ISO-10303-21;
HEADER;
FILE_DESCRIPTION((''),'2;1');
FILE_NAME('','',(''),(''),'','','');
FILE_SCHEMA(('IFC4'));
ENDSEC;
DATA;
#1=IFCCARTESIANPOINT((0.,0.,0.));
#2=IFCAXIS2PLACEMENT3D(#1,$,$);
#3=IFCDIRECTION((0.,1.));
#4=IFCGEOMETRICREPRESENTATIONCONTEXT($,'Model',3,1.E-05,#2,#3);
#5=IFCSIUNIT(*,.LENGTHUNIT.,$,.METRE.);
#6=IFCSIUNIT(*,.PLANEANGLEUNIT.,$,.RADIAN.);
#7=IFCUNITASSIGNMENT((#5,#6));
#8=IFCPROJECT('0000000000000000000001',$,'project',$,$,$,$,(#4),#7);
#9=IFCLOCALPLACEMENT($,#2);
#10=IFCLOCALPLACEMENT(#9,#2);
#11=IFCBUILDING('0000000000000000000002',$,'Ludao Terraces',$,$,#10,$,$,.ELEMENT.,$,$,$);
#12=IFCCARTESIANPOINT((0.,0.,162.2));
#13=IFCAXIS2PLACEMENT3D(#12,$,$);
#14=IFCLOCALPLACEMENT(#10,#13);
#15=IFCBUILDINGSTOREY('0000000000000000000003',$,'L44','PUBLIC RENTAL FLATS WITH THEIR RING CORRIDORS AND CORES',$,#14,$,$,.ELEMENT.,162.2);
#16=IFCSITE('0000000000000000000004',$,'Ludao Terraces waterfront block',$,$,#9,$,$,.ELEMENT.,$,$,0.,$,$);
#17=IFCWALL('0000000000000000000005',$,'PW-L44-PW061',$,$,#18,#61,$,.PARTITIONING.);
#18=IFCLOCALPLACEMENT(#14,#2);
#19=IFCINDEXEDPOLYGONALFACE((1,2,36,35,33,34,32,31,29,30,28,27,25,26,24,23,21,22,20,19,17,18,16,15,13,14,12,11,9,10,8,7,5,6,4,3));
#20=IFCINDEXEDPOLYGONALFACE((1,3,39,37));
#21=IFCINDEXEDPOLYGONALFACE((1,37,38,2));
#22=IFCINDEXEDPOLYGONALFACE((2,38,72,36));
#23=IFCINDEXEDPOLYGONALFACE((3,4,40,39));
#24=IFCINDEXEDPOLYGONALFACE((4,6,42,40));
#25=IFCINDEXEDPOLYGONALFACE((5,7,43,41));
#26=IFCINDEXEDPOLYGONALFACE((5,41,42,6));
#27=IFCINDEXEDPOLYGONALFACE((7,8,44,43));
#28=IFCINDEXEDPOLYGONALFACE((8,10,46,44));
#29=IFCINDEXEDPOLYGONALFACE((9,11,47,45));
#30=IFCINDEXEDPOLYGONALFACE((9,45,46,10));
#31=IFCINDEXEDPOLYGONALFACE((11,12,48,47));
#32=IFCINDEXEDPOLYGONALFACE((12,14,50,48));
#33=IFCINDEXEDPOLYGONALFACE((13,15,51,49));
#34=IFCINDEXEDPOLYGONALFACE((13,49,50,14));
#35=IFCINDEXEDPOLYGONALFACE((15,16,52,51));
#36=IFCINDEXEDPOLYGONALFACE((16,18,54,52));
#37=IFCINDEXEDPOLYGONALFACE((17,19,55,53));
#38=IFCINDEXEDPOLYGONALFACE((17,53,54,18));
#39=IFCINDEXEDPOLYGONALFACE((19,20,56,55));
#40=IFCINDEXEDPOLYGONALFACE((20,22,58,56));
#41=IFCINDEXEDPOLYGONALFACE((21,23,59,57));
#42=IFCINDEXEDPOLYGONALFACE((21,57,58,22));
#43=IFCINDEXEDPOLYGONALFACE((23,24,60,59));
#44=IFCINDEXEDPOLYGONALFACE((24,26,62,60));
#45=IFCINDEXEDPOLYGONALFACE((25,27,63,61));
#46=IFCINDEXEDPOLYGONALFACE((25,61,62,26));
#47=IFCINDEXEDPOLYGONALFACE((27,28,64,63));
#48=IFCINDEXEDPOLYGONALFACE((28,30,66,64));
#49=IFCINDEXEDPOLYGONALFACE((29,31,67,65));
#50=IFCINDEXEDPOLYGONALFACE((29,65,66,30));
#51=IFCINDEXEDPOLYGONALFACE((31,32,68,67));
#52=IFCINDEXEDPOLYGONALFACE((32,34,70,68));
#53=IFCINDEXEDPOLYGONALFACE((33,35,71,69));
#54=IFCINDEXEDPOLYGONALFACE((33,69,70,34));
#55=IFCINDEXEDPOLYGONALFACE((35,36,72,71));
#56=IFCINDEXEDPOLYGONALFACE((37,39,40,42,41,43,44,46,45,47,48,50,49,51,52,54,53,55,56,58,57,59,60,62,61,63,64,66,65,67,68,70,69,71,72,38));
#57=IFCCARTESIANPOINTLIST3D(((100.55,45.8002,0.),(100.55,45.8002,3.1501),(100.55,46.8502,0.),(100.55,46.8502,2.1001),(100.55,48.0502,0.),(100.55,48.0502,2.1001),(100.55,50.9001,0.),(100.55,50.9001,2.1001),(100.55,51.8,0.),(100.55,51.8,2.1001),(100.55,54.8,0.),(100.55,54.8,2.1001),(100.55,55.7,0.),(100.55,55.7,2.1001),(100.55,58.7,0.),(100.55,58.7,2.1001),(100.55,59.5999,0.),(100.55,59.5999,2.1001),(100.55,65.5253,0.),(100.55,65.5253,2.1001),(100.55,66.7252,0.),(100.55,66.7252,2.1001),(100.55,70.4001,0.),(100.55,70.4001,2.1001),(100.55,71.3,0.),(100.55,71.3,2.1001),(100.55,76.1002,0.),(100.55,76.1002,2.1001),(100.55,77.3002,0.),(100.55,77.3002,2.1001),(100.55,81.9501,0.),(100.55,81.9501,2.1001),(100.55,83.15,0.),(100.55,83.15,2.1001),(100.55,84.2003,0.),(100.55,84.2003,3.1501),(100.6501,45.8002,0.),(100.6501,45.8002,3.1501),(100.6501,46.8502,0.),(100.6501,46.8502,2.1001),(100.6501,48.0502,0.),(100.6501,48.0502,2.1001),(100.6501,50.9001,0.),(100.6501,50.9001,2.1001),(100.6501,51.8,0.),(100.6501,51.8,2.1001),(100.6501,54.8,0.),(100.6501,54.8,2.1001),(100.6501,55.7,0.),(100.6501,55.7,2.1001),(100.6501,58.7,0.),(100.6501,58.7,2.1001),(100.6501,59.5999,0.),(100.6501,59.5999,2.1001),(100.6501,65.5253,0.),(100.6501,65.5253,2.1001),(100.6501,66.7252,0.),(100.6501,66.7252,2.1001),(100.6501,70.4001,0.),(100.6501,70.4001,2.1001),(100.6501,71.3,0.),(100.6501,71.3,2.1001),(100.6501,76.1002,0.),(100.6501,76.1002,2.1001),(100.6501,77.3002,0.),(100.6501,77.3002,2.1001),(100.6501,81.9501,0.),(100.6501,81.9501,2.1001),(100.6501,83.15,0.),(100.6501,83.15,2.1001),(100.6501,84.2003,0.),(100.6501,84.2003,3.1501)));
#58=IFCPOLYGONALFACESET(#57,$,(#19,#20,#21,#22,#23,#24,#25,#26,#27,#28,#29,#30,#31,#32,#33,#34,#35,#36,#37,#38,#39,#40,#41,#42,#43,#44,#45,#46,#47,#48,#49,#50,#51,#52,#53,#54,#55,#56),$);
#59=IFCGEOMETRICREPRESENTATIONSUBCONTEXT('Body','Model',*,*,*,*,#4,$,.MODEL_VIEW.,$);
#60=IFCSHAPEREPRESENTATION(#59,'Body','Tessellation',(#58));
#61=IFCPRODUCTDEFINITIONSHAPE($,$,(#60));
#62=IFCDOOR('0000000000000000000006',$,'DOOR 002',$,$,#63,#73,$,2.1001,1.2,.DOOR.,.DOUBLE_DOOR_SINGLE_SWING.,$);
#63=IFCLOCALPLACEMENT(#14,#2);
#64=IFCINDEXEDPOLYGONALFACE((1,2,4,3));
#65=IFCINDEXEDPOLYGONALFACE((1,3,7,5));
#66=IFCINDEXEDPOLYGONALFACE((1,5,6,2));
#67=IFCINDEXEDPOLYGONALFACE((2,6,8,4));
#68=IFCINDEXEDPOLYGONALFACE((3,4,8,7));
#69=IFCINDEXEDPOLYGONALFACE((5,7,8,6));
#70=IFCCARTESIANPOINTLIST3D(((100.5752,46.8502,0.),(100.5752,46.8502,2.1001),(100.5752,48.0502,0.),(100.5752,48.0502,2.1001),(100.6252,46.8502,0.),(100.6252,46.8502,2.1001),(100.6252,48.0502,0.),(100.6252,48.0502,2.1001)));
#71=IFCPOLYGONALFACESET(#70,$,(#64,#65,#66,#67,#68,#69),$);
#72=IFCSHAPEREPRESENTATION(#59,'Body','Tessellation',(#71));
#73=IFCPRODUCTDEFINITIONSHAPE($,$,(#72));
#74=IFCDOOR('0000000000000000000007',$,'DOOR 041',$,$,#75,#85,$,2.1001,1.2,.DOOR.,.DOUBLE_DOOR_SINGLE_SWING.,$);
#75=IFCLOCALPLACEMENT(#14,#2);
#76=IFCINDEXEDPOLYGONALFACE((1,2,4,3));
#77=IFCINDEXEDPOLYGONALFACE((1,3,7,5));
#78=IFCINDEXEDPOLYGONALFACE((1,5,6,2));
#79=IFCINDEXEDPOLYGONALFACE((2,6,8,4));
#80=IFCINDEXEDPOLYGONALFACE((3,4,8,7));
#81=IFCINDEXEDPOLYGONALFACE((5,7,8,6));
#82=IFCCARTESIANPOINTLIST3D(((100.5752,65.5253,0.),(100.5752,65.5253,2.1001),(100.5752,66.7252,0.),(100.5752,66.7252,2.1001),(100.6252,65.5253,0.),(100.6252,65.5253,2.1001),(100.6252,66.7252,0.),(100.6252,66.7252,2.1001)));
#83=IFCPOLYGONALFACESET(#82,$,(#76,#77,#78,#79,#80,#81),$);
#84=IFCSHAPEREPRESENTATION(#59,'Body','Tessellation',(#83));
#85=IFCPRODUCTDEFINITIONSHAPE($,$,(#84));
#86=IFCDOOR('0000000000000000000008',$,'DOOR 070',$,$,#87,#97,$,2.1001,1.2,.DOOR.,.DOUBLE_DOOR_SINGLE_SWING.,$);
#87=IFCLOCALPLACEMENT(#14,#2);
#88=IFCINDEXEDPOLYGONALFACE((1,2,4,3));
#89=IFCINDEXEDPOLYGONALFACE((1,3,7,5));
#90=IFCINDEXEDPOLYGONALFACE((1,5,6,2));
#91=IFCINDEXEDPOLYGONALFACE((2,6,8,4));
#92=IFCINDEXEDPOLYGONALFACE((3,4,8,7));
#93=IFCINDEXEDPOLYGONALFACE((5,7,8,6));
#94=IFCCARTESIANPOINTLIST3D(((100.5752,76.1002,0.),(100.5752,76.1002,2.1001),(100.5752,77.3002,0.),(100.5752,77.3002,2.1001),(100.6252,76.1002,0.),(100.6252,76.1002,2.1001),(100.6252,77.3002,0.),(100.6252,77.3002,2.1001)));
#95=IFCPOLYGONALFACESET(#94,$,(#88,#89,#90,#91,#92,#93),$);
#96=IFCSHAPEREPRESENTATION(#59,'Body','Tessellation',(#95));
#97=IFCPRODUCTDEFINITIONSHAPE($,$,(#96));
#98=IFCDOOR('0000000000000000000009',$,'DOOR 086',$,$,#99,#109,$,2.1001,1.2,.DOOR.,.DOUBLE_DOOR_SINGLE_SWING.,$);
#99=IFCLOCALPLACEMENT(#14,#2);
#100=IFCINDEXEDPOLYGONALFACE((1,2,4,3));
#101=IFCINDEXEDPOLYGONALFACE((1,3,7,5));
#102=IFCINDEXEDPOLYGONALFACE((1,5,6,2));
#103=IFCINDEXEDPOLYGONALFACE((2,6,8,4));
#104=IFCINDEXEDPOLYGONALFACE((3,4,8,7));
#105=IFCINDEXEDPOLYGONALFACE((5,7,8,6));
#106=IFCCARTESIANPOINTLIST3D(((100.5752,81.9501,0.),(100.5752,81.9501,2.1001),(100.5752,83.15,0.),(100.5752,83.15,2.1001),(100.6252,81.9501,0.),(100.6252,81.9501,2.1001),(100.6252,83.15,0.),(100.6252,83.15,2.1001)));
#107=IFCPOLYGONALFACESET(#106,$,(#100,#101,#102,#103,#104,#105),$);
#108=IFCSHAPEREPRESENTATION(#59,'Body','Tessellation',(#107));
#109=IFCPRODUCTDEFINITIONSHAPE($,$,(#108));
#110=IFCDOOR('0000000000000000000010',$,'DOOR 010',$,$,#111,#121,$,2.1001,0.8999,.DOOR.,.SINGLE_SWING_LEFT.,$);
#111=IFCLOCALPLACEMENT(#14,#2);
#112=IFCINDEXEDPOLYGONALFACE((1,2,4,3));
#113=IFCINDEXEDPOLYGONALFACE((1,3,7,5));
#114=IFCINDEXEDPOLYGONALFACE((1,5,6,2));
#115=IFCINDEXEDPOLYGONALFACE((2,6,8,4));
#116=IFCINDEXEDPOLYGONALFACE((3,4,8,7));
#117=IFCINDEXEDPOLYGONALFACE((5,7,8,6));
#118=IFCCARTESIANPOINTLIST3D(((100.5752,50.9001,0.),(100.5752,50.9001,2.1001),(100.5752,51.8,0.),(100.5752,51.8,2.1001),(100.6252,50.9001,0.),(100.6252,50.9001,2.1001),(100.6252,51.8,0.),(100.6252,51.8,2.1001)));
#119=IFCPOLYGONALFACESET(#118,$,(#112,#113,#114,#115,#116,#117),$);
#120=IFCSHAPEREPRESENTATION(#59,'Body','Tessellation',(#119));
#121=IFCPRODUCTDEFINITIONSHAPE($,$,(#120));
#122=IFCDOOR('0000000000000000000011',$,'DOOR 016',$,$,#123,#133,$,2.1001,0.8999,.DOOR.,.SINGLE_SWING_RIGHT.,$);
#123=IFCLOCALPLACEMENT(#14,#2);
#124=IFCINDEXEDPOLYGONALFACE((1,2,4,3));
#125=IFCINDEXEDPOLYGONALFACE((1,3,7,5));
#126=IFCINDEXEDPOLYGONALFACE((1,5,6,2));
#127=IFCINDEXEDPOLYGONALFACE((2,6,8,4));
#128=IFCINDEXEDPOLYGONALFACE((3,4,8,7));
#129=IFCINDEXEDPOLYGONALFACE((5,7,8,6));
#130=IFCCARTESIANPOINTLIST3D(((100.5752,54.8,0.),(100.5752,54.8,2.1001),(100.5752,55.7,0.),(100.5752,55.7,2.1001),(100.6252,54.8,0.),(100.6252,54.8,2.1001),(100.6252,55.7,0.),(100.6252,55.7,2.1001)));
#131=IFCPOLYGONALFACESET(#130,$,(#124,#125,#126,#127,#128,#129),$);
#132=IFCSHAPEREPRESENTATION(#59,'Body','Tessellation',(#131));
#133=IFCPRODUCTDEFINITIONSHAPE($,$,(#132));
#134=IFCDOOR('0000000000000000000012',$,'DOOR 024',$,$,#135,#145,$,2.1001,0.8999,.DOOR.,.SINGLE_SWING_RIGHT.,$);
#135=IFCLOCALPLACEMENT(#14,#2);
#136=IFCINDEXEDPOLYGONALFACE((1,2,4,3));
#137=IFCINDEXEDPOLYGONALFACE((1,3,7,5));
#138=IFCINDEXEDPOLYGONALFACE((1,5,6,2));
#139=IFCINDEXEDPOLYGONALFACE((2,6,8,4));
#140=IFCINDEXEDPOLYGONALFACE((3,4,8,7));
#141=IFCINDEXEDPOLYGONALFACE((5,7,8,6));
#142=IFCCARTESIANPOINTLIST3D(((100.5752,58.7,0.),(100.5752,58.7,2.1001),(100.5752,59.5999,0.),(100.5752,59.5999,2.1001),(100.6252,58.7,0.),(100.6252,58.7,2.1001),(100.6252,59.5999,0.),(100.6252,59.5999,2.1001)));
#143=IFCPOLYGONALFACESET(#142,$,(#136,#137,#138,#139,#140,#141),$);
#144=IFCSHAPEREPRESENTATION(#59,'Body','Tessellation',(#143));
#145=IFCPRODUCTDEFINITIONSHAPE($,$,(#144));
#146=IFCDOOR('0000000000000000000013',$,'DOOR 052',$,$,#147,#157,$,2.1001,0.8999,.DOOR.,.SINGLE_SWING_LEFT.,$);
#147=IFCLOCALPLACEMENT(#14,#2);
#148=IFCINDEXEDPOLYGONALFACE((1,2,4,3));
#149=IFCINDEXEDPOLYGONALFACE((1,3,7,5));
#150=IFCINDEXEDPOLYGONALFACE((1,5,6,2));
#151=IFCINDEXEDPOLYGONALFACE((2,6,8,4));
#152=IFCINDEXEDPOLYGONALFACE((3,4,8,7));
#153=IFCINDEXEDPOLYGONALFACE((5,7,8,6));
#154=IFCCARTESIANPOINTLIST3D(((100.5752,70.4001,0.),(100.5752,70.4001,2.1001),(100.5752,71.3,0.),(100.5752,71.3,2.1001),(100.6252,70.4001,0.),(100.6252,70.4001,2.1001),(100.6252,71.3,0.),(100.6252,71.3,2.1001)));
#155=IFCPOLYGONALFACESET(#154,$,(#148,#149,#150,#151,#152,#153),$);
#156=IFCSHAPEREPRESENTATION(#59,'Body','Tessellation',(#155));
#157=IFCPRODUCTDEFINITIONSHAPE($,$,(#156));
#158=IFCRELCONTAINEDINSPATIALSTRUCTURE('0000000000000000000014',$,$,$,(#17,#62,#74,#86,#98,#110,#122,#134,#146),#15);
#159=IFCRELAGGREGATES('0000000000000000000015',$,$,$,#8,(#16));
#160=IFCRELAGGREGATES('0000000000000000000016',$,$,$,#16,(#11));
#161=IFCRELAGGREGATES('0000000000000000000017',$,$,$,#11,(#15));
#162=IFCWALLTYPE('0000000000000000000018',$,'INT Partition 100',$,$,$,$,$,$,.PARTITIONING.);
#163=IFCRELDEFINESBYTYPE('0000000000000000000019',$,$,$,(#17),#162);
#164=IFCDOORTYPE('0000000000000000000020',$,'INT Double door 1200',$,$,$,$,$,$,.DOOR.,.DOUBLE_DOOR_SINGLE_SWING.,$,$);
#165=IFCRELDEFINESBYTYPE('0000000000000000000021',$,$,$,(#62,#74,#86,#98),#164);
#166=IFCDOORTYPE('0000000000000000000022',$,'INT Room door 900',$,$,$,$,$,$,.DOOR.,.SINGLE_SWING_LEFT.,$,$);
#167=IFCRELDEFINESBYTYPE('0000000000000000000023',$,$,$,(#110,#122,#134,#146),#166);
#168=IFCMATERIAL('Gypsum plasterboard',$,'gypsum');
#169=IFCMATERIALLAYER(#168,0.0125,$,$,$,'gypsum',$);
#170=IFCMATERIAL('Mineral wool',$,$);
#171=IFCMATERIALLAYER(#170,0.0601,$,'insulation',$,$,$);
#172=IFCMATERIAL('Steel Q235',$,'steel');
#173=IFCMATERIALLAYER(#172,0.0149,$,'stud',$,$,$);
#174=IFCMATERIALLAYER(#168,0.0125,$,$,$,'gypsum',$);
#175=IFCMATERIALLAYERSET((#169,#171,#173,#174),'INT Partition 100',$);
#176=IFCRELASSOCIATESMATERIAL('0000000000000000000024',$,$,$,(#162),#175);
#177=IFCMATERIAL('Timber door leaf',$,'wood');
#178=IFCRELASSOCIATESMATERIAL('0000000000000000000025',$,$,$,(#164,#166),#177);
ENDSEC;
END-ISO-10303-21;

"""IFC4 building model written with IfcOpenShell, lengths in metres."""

from ifc_helpers import new_model, si_unit, direction, frame, frame_2d, origin, place, context, subcontext, project, spatial, rectangle, extrude, material, layer, layer_set, type_object, element, fill, save


model = new_model("IFC4")

# Units and contexts
model_context = context("Model", 3, precision=1e-05, world=origin(), true_north=direction((0.0, 1.0)))
body_context = subcontext(model_context, "Body", "Model", "MODEL_VIEW")
ifc_project = project(units=[si_unit("LENGTHUNIT", "METRE"), si_unit("PLANEANGLEUNIT", "RADIAN")], contexts=[model_context])

# Site, building, storey
site_placement = place(None, origin())
site = spatial("IfcSite", under=ifc_project, at=site_placement, Name="Ludao Terraces waterfront block", CompositionType="ELEMENT", RefElevation=0.0)
building_placement = place(site_placement, origin())
building = spatial("IfcBuilding", under=site, at=building_placement, Name="Ludao Terraces", CompositionType="ELEMENT")
storey_placement = place(building_placement, frame((0.0, 0.0, 162.2)))
storey = spatial("IfcBuildingStorey", under=building, at=storey_placement, Name="L44", Description="PUBLIC RENTAL FLATS WITH THEIR RING CORRIDORS AND CORES", CompositionType="ELEMENT", Elevation=162.2)

# Shared definitions
ifc_material_1 = material(Name="Mineral wool")

# Shared definitions
ifc_material_2 = material(Name="Steel Q235", Category="steel")

# Shared definitions
ifc_material_3 = material(Name="Gypsum plasterboard", Category="gypsum")
ifc_layer_1 = layer(ifc_material_3, 0.0125, Category="gypsum")
ifc_layer_2 = layer(ifc_material_1, 0.0601, Name="insulation")
ifc_layer_3 = layer(ifc_material_2, 0.0149, Name="stud")
ifc_layer_4 = layer(ifc_material_3, 0.0125, Category="gypsum")
ifc_layer_set_1 = layer_set([ifc_layer_1, ifc_layer_2, ifc_layer_3, ifc_layer_4], Name="INT Partition 100")
wall_type_1 = type_object("IfcWallType", Name="INT Partition 100", PredefinedType="PARTITIONING", material=ifc_layer_set_1)

# Wall, openings, doors
ifc_material_4 = material(Name="Timber door leaf", Category="wood")
wall_1_placement = place(storey_placement, frame((100.6001, 45.8, 0.0), z_axis=(0.0, 0.0, 1.0), x_axis=(0.0, 1.0, 0.0)))
wall_1 = element("IfcWall", 1, at=wall_1_placement, inside=storey, type_object=wall_type_1, Name="PW-L44-PW061", PredefinedType="PARTITIONING", context=body_context, shape_type="SweptSolid", body=[
    extrude(rectangle(XDim=38.4001, YDim=0.1001, at=frame_2d((19.2002, 0.0))), origin(), (0.0, 0.0, 1.0), 3.1501),
])
opening_1_placement = place(wall_1_placement, frame((1.05, 0.0, 0.0)))
opening_1 = element("IfcOpeningElement", 2, at=opening_1_placement, cuts=wall_1, PredefinedType="OPENING", context=body_context, shape_type="SweptSolid", body=[
    extrude(rectangle(XDim=1.2, YDim=2.1001, at=frame_2d((0.6001, 1.05))), frame((0.0, 0.0601, 0.0), z_axis=(0.0, -1.0, 0.0), x_axis=(1.0, 0.0, 0.0)), (0.0, 0.0, 1.0), 0.1201),
])
opening_2_placement = place(wall_1_placement, frame((5.1001, 0.0, 0.0)))
opening_2 = element("IfcOpeningElement", 3, at=opening_2_placement, cuts=wall_1, PredefinedType="OPENING", context=body_context, shape_type="SweptSolid", body=[
    extrude(rectangle(XDim=0.8999, YDim=2.1001, at=frame_2d((0.45, 1.05))), frame((0.0, 0.0601, 0.0), z_axis=(0.0, -1.0, 0.0), x_axis=(1.0, 0.0, 0.0)), (0.0, 0.0, 1.0), 0.1201),
])
opening_3_placement = place(wall_1_placement, frame((9.0, 0.0, 0.0)))
opening_3 = element("IfcOpeningElement", 4, at=opening_3_placement, cuts=wall_1, PredefinedType="OPENING", context=body_context, shape_type="SweptSolid", body=[
    extrude(rectangle(XDim=0.8999, YDim=2.1001, at=frame_2d((0.45, 1.05))), frame((0.0, 0.0601, 0.0), z_axis=(0.0, -1.0, 0.0), x_axis=(1.0, 0.0, 0.0)), (0.0, 0.0, 1.0), 0.1201),
])
opening_4_placement = place(wall_1_placement, frame((12.8999, 0.0, 0.0)))
opening_4 = element("IfcOpeningElement", 5, at=opening_4_placement, cuts=wall_1, PredefinedType="OPENING", context=body_context, shape_type="SweptSolid", body=[
    extrude(rectangle(XDim=0.8999, YDim=2.1001, at=frame_2d((0.45, 1.05))), frame((0.0, 0.0601, 0.0), z_axis=(0.0, -1.0, 0.0), x_axis=(1.0, 0.0, 0.0)), (0.0, 0.0, 1.0), 0.1201),
])
opening_5_placement = place(wall_1_placement, frame((19.7251, 0.0, 0.0)))
opening_5 = element("IfcOpeningElement", 6, at=opening_5_placement, cuts=wall_1, PredefinedType="OPENING", context=body_context, shape_type="SweptSolid", body=[
    extrude(rectangle(XDim=1.2, YDim=2.1001, at=frame_2d((0.6001, 1.05))), frame((0.0, 0.0601, 0.0), z_axis=(0.0, -1.0, 0.0), x_axis=(1.0, 0.0, 0.0)), (0.0, 0.0, 1.0), 0.1201),
])
opening_6_placement = place(wall_1_placement, frame((24.6001, 0.0, 0.0)))
opening_6 = element("IfcOpeningElement", 7, at=opening_6_placement, cuts=wall_1, PredefinedType="OPENING", context=body_context, shape_type="SweptSolid", body=[
    extrude(rectangle(XDim=0.8999, YDim=2.1001, at=frame_2d((0.45, 1.05))), frame((0.0, 0.0601, 0.0), z_axis=(0.0, -1.0, 0.0), x_axis=(1.0, 0.0, 0.0)), (0.0, 0.0, 1.0), 0.1201),
])
opening_7_placement = place(wall_1_placement, frame((30.3, 0.0, 0.0)))
opening_7 = element("IfcOpeningElement", 8, at=opening_7_placement, cuts=wall_1, PredefinedType="OPENING", context=body_context, shape_type="SweptSolid", body=[
    extrude(rectangle(XDim=1.2, YDim=2.1001, at=frame_2d((0.6001, 1.05))), frame((0.0, 0.0601, 0.0), z_axis=(0.0, -1.0, 0.0), x_axis=(1.0, 0.0, 0.0)), (0.0, 0.0, 1.0), 0.1201),
])
opening_8_placement = place(wall_1_placement, frame((36.1499, 0.0, 0.0)))
opening_8 = element("IfcOpeningElement", 9, at=opening_8_placement, cuts=wall_1, PredefinedType="OPENING", context=body_context, shape_type="SweptSolid", body=[
    extrude(rectangle(XDim=1.2, YDim=2.1001, at=frame_2d((0.6001, 1.05))), frame((0.0, 0.0601, 0.0), z_axis=(0.0, -1.0, 0.0), x_axis=(1.0, 0.0, 0.0)), (0.0, 0.0, 1.0), 0.1201),
])
door_type_1 = type_object("IfcDoorType", Name="INT Double door 1200", OperationType="DOUBLE_DOOR_SINGLE_SWING", PredefinedType="DOOR", material=ifc_material_4)
door_1_placement = place(opening_1_placement, origin())
door_1 = element("IfcDoor", 10, at=door_1_placement, inside=storey, type_object=door_type_1, Name="DOOR 002", OperationType="DOUBLE_DOOR_SINGLE_SWING", OverallHeight=2.1001, OverallWidth=1.2, PredefinedType="DOOR", context=body_context, shape_type="SweptSolid", body=[
    extrude(rectangle(XDim=1.2, YDim=2.1001, at=frame_2d((0.6001, 1.05))), frame((0.0, 0.0249, 0.0), z_axis=(0.0, -1.0, 0.0), x_axis=(1.0, 0.0, 0.0)), (0.0, 0.0, 1.0), 0.05),
])
fill(opening_1, door_1)
door_2_placement = place(opening_5_placement, origin())
door_2 = element("IfcDoor", 11, at=door_2_placement, inside=storey, type_object=door_type_1, Name="DOOR 041", OperationType="DOUBLE_DOOR_SINGLE_SWING", OverallHeight=2.1001, OverallWidth=1.2, PredefinedType="DOOR", context=body_context, shape_type="SweptSolid", body=[
    extrude(rectangle(XDim=1.2, YDim=2.1001, at=frame_2d((0.6001, 1.05))), frame((0.0, 0.0249, 0.0), z_axis=(0.0, -1.0, 0.0), x_axis=(1.0, 0.0, 0.0)), (0.0, 0.0, 1.0), 0.05),
])
fill(opening_5, door_2)
door_3_placement = place(opening_7_placement, origin())
door_3 = element("IfcDoor", 12, at=door_3_placement, inside=storey, type_object=door_type_1, Name="DOOR 070", OperationType="DOUBLE_DOOR_SINGLE_SWING", OverallHeight=2.1001, OverallWidth=1.2, PredefinedType="DOOR", context=body_context, shape_type="SweptSolid", body=[
    extrude(rectangle(XDim=1.2, YDim=2.1001, at=frame_2d((0.6001, 1.05))), frame((0.0, 0.0249, 0.0), z_axis=(0.0, -1.0, 0.0), x_axis=(1.0, 0.0, 0.0)), (0.0, 0.0, 1.0), 0.05),
])
fill(opening_7, door_3)
door_4_placement = place(opening_8_placement, origin())
door_4 = element("IfcDoor", 13, at=door_4_placement, inside=storey, type_object=door_type_1, Name="DOOR 086", OperationType="DOUBLE_DOOR_SINGLE_SWING", OverallHeight=2.1001, OverallWidth=1.2, PredefinedType="DOOR", context=body_context, shape_type="SweptSolid", body=[
    extrude(rectangle(XDim=1.2, YDim=2.1001, at=frame_2d((0.6001, 1.05))), frame((0.0, 0.0249, 0.0), z_axis=(0.0, -1.0, 0.0), x_axis=(1.0, 0.0, 0.0)), (0.0, 0.0, 1.0), 0.05),
])
fill(opening_8, door_4)
door_type_2 = type_object("IfcDoorType", Name="INT Room door 900", OperationType="SINGLE_SWING_LEFT", PredefinedType="DOOR", material=ifc_material_4)
door_5_placement = place(opening_2_placement, origin())
door_5 = element("IfcDoor", 14, at=door_5_placement, inside=storey, type_object=door_type_2, Name="DOOR 010", OperationType="SINGLE_SWING_LEFT", OverallHeight=2.1001, OverallWidth=0.8999, PredefinedType="DOOR", context=body_context, shape_type="SweptSolid", body=[
    extrude(rectangle(XDim=0.8999, YDim=2.1001, at=frame_2d((0.45, 1.05))), frame((0.0, 0.0249, 0.0), z_axis=(0.0, -1.0, 0.0), x_axis=(1.0, 0.0, 0.0)), (0.0, 0.0, 1.0), 0.05),
])
fill(opening_2, door_5)
door_6_placement = place(opening_3_placement, origin())
door_6 = element("IfcDoor", 15, at=door_6_placement, inside=storey, type_object=door_type_2, Name="DOOR 016", OperationType="SINGLE_SWING_RIGHT", OverallHeight=2.1001, OverallWidth=0.8999, PredefinedType="DOOR", context=body_context, shape_type="SweptSolid", body=[
    extrude(rectangle(XDim=0.8999, YDim=2.1001, at=frame_2d((0.45, 1.05))), frame((0.0, 0.0249, 0.0), z_axis=(0.0, -1.0, 0.0), x_axis=(1.0, 0.0, 0.0)), (0.0, 0.0, 1.0), 0.05),
])
fill(opening_3, door_6)
door_7_placement = place(opening_4_placement, origin())
door_7 = element("IfcDoor", 16, at=door_7_placement, inside=storey, type_object=door_type_2, Name="DOOR 024", OperationType="SINGLE_SWING_RIGHT", OverallHeight=2.1001, OverallWidth=0.8999, PredefinedType="DOOR", context=body_context, shape_type="SweptSolid", body=[
    extrude(rectangle(XDim=0.8999, YDim=2.1001, at=frame_2d((0.45, 1.05))), frame((0.0, 0.0249, 0.0), z_axis=(0.0, -1.0, 0.0), x_axis=(1.0, 0.0, 0.0)), (0.0, 0.0, 1.0), 0.05),
])
fill(opening_4, door_7)
door_8_placement = place(opening_6_placement, origin())
door_8 = element("IfcDoor", 17, at=door_8_placement, inside=storey, type_object=door_type_2, Name="DOOR 052", OperationType="SINGLE_SWING_LEFT", OverallHeight=2.1001, OverallWidth=0.8999, PredefinedType="DOOR", context=body_context, shape_type="SweptSolid", body=[
    extrude(rectangle(XDim=0.8999, YDim=2.1001, at=frame_2d((0.45, 1.05))), frame((0.0, 0.0249, 0.0), z_axis=(0.0, -1.0, 0.0), x_axis=(1.0, 0.0, 0.0)), (0.0, 0.0, 1.0), 0.05),
])
fill(opening_6, door_8)

save(model, "model.ifc")
